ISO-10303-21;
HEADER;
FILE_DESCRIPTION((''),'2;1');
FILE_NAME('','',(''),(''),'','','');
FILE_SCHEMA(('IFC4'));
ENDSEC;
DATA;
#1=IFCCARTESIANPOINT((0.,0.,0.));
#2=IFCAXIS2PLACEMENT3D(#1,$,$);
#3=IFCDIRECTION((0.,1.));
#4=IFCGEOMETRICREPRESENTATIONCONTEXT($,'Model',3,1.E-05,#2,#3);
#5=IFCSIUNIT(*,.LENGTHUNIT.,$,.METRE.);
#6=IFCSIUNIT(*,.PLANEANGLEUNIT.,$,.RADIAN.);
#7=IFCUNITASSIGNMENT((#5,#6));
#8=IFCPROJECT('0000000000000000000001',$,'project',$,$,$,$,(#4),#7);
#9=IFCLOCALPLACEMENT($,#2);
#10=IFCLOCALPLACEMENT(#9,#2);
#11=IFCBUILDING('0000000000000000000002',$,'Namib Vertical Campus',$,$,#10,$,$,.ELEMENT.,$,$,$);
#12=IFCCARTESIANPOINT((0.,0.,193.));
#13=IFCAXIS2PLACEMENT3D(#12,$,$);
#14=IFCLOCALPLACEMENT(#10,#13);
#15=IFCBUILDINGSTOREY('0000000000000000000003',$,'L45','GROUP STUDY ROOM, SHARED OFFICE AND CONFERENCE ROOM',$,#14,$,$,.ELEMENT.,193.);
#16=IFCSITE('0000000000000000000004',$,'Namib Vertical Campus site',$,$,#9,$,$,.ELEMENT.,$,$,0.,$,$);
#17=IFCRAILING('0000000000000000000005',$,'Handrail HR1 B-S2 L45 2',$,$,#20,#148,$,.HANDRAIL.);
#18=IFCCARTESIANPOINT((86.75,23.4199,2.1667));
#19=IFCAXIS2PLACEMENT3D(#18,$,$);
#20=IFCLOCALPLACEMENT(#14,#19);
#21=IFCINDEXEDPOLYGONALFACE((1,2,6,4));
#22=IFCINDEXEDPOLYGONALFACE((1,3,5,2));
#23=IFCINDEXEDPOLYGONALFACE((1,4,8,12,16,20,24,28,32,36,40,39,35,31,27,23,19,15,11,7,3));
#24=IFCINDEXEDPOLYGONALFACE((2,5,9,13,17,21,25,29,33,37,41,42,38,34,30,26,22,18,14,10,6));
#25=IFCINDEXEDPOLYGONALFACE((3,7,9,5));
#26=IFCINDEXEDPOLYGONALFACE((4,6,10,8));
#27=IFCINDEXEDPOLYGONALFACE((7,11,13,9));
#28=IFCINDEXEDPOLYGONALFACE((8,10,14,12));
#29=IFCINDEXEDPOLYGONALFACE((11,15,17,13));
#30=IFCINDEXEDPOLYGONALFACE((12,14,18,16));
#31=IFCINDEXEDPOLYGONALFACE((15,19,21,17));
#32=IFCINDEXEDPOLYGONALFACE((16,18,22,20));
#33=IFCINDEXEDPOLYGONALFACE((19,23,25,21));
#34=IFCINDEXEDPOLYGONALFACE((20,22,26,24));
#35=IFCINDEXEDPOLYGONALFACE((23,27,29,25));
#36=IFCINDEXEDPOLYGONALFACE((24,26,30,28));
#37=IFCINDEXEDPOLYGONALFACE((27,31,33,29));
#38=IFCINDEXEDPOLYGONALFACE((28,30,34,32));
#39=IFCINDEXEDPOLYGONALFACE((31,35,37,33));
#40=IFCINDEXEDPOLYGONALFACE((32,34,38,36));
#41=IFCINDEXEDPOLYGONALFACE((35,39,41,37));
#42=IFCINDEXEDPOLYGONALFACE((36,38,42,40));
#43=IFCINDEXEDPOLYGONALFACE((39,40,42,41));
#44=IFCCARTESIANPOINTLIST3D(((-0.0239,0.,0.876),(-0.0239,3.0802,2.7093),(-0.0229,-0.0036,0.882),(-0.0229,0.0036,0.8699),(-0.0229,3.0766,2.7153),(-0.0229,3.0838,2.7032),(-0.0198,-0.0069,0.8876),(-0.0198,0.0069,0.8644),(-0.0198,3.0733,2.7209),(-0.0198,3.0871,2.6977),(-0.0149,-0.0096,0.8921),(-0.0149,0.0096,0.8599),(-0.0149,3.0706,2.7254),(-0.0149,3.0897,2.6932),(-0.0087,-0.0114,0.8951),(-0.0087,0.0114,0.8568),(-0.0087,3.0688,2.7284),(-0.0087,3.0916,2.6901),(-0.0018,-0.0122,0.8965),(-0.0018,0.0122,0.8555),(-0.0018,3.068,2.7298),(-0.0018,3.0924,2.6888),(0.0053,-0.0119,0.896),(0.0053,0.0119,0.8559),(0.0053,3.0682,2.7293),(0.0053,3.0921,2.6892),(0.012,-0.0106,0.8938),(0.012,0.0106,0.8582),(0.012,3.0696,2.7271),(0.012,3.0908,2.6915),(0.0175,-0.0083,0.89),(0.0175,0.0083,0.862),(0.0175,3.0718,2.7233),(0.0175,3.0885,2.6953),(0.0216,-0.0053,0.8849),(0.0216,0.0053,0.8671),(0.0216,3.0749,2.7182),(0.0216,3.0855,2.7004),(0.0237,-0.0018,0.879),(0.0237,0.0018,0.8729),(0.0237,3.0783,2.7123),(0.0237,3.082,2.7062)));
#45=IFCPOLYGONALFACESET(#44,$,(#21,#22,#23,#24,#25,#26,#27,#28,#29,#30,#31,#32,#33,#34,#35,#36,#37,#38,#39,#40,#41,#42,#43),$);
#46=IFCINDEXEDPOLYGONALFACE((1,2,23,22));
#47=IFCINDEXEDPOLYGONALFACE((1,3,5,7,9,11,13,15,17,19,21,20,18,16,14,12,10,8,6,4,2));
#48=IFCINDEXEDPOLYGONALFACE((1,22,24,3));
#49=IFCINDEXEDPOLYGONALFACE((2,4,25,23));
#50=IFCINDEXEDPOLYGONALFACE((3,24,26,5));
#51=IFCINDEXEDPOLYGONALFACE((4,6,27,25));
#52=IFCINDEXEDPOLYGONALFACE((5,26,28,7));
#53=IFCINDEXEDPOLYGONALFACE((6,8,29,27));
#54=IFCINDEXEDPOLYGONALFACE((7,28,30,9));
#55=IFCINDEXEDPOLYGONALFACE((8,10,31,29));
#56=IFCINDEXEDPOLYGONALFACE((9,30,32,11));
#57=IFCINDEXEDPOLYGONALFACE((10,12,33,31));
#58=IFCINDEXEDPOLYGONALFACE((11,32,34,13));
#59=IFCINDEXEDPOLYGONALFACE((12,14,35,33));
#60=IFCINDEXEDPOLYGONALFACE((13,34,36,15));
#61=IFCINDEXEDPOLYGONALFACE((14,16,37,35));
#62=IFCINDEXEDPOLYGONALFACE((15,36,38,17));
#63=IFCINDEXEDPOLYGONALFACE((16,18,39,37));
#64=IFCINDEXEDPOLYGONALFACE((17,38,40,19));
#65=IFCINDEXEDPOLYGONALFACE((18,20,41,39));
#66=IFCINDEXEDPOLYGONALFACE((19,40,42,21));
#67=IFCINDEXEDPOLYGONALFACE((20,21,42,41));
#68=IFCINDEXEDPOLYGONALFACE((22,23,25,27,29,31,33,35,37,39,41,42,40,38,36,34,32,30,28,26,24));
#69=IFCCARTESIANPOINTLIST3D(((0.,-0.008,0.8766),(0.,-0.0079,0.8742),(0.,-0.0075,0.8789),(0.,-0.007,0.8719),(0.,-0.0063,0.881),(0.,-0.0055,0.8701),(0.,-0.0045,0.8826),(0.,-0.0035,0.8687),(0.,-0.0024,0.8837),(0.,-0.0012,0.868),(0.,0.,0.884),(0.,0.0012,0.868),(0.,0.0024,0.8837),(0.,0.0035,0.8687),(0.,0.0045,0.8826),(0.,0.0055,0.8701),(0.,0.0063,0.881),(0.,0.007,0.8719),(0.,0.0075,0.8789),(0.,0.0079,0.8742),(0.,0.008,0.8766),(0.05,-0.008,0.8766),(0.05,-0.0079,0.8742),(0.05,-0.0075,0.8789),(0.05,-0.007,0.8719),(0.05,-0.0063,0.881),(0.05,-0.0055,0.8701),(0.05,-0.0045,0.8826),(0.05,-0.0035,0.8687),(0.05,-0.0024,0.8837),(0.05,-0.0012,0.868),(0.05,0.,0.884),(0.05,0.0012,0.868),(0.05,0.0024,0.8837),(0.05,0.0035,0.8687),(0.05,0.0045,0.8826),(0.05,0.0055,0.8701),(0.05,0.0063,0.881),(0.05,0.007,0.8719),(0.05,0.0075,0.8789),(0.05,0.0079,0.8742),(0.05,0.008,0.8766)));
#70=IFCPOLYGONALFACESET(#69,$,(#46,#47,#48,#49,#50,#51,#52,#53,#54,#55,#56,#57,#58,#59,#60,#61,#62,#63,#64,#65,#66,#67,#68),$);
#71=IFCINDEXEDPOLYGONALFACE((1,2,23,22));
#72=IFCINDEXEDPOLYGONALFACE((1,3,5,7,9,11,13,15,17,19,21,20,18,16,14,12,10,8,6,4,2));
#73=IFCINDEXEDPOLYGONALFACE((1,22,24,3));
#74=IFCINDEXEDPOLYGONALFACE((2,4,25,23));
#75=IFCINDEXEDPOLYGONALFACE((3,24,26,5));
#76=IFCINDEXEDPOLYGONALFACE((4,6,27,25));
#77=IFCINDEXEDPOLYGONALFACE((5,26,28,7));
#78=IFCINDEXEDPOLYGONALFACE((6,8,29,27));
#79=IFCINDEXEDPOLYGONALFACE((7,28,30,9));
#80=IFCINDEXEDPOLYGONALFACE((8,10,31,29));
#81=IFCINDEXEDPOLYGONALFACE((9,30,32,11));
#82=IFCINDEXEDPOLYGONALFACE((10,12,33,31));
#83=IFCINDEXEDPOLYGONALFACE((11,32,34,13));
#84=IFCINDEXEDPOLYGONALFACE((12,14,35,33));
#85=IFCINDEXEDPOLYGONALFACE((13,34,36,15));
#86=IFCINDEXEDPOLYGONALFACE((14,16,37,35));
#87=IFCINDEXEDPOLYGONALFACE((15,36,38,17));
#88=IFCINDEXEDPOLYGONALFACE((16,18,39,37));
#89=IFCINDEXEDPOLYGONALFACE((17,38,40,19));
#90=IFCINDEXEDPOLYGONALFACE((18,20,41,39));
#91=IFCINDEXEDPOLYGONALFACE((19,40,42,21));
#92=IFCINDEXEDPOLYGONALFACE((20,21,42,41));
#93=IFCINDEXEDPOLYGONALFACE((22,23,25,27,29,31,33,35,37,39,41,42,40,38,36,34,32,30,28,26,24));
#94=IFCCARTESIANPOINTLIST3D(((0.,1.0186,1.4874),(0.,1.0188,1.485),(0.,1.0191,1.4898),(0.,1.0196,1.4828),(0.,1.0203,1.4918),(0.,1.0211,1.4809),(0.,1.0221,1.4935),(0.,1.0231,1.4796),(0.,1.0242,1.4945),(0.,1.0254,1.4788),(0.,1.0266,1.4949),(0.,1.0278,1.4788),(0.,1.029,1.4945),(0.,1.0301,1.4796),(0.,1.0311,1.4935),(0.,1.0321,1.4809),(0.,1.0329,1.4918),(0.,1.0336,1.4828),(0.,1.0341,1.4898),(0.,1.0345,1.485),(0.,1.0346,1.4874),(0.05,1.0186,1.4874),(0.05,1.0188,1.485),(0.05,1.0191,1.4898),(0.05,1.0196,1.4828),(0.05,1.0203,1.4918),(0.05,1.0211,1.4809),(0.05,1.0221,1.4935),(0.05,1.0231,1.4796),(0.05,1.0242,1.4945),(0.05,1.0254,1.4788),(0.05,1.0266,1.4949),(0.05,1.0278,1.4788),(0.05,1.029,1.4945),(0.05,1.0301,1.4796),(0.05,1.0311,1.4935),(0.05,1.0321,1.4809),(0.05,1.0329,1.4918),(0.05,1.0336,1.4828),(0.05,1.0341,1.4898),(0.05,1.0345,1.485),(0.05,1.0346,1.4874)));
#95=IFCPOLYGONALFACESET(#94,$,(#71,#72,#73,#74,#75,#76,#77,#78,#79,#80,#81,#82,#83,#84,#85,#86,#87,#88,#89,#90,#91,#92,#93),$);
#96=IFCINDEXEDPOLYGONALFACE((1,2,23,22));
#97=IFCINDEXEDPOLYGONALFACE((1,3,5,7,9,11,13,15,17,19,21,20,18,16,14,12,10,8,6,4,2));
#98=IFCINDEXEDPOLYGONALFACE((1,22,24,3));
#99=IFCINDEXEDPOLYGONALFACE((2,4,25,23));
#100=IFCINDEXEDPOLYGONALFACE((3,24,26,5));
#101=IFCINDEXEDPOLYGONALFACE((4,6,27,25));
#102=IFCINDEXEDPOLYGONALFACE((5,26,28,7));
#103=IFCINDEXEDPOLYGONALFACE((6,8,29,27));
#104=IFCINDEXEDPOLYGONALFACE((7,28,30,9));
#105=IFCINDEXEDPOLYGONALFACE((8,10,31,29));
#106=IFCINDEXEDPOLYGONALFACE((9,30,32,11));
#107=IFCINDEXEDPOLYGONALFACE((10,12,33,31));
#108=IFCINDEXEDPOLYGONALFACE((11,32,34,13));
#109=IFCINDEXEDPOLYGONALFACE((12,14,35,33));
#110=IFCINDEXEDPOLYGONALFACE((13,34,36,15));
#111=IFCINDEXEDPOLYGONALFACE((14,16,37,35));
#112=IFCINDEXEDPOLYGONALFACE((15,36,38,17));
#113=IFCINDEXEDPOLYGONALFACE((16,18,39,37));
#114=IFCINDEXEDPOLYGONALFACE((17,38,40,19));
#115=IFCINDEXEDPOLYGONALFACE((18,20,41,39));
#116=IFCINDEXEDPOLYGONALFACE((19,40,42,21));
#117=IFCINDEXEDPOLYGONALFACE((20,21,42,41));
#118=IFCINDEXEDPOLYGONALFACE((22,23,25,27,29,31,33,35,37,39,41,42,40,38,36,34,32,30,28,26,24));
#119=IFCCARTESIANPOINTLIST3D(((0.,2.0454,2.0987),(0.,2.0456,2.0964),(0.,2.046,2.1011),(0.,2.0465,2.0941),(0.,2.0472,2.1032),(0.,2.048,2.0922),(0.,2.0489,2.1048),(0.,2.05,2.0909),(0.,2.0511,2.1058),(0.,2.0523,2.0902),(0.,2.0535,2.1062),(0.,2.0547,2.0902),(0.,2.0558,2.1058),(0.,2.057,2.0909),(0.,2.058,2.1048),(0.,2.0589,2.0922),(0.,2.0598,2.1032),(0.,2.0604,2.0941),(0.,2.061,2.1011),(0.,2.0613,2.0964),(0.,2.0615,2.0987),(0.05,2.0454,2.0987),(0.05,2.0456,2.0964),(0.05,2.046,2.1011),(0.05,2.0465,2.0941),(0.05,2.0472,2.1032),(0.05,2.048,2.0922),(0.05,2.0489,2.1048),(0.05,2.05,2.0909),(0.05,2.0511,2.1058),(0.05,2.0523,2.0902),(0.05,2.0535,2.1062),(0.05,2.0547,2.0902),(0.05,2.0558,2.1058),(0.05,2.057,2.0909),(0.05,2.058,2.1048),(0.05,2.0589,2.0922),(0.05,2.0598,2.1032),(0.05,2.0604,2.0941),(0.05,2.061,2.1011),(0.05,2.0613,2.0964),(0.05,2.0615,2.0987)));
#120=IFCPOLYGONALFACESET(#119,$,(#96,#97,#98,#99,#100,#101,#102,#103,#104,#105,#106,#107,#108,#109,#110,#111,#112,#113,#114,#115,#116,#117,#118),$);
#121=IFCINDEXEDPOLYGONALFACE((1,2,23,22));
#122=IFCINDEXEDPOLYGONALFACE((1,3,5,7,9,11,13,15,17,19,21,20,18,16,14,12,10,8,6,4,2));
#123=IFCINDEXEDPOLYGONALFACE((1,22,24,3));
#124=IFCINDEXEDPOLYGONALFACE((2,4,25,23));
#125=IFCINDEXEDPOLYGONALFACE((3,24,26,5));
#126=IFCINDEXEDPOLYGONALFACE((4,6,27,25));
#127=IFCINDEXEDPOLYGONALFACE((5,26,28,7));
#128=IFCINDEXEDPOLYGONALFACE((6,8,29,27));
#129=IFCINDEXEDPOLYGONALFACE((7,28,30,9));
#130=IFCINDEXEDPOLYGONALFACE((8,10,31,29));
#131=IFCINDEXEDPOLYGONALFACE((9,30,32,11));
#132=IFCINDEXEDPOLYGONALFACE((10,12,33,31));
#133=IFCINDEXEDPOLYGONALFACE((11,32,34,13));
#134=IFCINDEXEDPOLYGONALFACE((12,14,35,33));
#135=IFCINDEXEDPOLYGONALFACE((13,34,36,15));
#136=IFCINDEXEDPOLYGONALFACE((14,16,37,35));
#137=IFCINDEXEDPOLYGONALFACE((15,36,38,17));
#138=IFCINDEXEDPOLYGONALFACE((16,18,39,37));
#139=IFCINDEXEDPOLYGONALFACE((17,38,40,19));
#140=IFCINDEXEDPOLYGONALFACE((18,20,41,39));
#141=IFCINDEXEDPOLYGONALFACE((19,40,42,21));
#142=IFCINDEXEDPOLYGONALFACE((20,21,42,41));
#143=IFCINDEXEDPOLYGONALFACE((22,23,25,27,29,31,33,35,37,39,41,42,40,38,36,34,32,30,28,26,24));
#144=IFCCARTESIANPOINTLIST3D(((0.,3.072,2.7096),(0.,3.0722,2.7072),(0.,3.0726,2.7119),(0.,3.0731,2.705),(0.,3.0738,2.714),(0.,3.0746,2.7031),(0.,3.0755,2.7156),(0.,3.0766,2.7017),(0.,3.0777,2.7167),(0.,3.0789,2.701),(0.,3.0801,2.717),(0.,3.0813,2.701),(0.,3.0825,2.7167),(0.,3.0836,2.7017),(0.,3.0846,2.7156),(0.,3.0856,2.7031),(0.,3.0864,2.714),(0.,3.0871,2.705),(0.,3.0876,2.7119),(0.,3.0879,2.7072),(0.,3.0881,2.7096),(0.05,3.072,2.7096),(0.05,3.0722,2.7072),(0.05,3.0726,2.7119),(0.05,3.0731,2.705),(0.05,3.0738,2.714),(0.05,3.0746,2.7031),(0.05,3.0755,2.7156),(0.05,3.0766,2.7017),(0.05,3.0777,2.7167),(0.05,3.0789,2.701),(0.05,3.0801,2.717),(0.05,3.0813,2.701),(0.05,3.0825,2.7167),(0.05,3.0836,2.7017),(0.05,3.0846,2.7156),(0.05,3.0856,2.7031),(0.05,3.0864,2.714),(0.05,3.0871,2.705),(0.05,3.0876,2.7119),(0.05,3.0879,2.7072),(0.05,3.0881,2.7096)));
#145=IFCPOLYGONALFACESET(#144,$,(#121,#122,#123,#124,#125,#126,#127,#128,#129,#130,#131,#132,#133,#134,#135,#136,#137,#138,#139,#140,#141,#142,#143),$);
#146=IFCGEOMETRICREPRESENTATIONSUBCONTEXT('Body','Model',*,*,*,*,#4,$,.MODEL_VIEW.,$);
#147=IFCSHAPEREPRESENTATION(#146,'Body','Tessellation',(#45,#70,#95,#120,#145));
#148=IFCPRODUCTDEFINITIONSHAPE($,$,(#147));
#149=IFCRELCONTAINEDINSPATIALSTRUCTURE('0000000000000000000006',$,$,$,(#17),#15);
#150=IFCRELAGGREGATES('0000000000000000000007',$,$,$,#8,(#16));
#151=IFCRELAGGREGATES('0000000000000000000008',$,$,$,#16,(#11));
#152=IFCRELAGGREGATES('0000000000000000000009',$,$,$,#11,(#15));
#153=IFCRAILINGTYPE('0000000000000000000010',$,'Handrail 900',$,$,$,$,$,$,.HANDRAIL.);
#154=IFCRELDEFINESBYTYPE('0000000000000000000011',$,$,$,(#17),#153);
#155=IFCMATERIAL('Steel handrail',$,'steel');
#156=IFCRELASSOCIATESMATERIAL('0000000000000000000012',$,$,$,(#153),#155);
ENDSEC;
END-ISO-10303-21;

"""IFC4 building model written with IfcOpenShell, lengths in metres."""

from ifc_helpers import new_model, si_unit, direction, frame, origin, origin_2d, place, context, subcontext, project, spatial, circle, extrude, material, type_object, element, save


model = new_model("IFC4")

# Units and contexts
model_context = context("Model", 3, precision=1e-05, world=origin(), true_north=direction((0.0, 1.0)))
body_context = subcontext(model_context, "Body", "Model", "MODEL_VIEW")
ifc_project = project(units=[si_unit("LENGTHUNIT", "METRE"), si_unit("PLANEANGLEUNIT", "RADIAN")], contexts=[model_context])

# Site, building, storey
site_placement = place(None, origin())
site = spatial("IfcSite", under=ifc_project, at=site_placement, Name="Namib Vertical Campus site", CompositionType="ELEMENT", RefElevation=0.0)
building_placement = place(site_placement, origin())
building = spatial("IfcBuilding", under=site, at=building_placement, Name="Namib Vertical Campus", CompositionType="ELEMENT")
storey_placement = place(building_placement, frame((0.0, 0.0, 193.0)))
storey = spatial("IfcBuildingStorey", under=building, at=storey_placement, Name="L45", Description="GROUP STUDY ROOM, SHARED OFFICE AND CONFERENCE ROOM", CompositionType="ELEMENT", Elevation=193.0)

# Railing
ifc_material_1 = material(Name="Steel handrail", Category="steel")
railing_type_1 = type_object("IfcRailingType", Name="Handrail 900", PredefinedType="HANDRAIL", material=ifc_material_1)
railing_1_placement = place(storey_placement, frame((86.75, 23.4199, 2.1667)))
element("IfcRailing", 1, at=railing_1_placement, inside=storey, type_object=railing_type_1, Name="Handrail HR1 B-S2 L45 2", PredefinedType="HANDRAIL", context=body_context, shape_type="SweptSolid", body=[
    extrude(circle(Radius=0.0239, at=origin_2d()), frame((0.0, 0.0, 0.876), z_axis=(0.0, 0.859309, 0.511458), x_axis=(-1.0, 0.0, 0.0)), (0.0, 0.0, 1.0), 3.5845),
    extrude(circle(Radius=0.0081, at=origin_2d()), frame((0.0, 0.0, 0.876), z_axis=(1.0, 0.0, 0.0), x_axis=(0.0, 0.0, 1.0)), (0.0, 0.0, 1.0), 0.05),
    extrude(circle(Radius=0.0081, at=origin_2d()), frame((0.0, 1.0266, 1.4868), z_axis=(1.0, 0.0, 0.0), x_axis=(0.0, 0.0, 1.0)), (0.0, 0.0, 1.0), 0.05),
    extrude(circle(Radius=0.0081, at=origin_2d()), frame((0.0, 2.0535, 2.0981), z_axis=(1.0, 0.0, 0.0), x_axis=(0.0, 0.0, 1.0)), (0.0, 0.0, 1.0), 0.05),
    extrude(circle(Radius=0.0081, at=origin_2d()), frame((0.0, 3.0801, 2.709), z_axis=(1.0, 0.0, 0.0), x_axis=(0.0, 0.0, 1.0)), (0.0, 0.0, 1.0), 0.05),
])

save(model, "model.ifc")
